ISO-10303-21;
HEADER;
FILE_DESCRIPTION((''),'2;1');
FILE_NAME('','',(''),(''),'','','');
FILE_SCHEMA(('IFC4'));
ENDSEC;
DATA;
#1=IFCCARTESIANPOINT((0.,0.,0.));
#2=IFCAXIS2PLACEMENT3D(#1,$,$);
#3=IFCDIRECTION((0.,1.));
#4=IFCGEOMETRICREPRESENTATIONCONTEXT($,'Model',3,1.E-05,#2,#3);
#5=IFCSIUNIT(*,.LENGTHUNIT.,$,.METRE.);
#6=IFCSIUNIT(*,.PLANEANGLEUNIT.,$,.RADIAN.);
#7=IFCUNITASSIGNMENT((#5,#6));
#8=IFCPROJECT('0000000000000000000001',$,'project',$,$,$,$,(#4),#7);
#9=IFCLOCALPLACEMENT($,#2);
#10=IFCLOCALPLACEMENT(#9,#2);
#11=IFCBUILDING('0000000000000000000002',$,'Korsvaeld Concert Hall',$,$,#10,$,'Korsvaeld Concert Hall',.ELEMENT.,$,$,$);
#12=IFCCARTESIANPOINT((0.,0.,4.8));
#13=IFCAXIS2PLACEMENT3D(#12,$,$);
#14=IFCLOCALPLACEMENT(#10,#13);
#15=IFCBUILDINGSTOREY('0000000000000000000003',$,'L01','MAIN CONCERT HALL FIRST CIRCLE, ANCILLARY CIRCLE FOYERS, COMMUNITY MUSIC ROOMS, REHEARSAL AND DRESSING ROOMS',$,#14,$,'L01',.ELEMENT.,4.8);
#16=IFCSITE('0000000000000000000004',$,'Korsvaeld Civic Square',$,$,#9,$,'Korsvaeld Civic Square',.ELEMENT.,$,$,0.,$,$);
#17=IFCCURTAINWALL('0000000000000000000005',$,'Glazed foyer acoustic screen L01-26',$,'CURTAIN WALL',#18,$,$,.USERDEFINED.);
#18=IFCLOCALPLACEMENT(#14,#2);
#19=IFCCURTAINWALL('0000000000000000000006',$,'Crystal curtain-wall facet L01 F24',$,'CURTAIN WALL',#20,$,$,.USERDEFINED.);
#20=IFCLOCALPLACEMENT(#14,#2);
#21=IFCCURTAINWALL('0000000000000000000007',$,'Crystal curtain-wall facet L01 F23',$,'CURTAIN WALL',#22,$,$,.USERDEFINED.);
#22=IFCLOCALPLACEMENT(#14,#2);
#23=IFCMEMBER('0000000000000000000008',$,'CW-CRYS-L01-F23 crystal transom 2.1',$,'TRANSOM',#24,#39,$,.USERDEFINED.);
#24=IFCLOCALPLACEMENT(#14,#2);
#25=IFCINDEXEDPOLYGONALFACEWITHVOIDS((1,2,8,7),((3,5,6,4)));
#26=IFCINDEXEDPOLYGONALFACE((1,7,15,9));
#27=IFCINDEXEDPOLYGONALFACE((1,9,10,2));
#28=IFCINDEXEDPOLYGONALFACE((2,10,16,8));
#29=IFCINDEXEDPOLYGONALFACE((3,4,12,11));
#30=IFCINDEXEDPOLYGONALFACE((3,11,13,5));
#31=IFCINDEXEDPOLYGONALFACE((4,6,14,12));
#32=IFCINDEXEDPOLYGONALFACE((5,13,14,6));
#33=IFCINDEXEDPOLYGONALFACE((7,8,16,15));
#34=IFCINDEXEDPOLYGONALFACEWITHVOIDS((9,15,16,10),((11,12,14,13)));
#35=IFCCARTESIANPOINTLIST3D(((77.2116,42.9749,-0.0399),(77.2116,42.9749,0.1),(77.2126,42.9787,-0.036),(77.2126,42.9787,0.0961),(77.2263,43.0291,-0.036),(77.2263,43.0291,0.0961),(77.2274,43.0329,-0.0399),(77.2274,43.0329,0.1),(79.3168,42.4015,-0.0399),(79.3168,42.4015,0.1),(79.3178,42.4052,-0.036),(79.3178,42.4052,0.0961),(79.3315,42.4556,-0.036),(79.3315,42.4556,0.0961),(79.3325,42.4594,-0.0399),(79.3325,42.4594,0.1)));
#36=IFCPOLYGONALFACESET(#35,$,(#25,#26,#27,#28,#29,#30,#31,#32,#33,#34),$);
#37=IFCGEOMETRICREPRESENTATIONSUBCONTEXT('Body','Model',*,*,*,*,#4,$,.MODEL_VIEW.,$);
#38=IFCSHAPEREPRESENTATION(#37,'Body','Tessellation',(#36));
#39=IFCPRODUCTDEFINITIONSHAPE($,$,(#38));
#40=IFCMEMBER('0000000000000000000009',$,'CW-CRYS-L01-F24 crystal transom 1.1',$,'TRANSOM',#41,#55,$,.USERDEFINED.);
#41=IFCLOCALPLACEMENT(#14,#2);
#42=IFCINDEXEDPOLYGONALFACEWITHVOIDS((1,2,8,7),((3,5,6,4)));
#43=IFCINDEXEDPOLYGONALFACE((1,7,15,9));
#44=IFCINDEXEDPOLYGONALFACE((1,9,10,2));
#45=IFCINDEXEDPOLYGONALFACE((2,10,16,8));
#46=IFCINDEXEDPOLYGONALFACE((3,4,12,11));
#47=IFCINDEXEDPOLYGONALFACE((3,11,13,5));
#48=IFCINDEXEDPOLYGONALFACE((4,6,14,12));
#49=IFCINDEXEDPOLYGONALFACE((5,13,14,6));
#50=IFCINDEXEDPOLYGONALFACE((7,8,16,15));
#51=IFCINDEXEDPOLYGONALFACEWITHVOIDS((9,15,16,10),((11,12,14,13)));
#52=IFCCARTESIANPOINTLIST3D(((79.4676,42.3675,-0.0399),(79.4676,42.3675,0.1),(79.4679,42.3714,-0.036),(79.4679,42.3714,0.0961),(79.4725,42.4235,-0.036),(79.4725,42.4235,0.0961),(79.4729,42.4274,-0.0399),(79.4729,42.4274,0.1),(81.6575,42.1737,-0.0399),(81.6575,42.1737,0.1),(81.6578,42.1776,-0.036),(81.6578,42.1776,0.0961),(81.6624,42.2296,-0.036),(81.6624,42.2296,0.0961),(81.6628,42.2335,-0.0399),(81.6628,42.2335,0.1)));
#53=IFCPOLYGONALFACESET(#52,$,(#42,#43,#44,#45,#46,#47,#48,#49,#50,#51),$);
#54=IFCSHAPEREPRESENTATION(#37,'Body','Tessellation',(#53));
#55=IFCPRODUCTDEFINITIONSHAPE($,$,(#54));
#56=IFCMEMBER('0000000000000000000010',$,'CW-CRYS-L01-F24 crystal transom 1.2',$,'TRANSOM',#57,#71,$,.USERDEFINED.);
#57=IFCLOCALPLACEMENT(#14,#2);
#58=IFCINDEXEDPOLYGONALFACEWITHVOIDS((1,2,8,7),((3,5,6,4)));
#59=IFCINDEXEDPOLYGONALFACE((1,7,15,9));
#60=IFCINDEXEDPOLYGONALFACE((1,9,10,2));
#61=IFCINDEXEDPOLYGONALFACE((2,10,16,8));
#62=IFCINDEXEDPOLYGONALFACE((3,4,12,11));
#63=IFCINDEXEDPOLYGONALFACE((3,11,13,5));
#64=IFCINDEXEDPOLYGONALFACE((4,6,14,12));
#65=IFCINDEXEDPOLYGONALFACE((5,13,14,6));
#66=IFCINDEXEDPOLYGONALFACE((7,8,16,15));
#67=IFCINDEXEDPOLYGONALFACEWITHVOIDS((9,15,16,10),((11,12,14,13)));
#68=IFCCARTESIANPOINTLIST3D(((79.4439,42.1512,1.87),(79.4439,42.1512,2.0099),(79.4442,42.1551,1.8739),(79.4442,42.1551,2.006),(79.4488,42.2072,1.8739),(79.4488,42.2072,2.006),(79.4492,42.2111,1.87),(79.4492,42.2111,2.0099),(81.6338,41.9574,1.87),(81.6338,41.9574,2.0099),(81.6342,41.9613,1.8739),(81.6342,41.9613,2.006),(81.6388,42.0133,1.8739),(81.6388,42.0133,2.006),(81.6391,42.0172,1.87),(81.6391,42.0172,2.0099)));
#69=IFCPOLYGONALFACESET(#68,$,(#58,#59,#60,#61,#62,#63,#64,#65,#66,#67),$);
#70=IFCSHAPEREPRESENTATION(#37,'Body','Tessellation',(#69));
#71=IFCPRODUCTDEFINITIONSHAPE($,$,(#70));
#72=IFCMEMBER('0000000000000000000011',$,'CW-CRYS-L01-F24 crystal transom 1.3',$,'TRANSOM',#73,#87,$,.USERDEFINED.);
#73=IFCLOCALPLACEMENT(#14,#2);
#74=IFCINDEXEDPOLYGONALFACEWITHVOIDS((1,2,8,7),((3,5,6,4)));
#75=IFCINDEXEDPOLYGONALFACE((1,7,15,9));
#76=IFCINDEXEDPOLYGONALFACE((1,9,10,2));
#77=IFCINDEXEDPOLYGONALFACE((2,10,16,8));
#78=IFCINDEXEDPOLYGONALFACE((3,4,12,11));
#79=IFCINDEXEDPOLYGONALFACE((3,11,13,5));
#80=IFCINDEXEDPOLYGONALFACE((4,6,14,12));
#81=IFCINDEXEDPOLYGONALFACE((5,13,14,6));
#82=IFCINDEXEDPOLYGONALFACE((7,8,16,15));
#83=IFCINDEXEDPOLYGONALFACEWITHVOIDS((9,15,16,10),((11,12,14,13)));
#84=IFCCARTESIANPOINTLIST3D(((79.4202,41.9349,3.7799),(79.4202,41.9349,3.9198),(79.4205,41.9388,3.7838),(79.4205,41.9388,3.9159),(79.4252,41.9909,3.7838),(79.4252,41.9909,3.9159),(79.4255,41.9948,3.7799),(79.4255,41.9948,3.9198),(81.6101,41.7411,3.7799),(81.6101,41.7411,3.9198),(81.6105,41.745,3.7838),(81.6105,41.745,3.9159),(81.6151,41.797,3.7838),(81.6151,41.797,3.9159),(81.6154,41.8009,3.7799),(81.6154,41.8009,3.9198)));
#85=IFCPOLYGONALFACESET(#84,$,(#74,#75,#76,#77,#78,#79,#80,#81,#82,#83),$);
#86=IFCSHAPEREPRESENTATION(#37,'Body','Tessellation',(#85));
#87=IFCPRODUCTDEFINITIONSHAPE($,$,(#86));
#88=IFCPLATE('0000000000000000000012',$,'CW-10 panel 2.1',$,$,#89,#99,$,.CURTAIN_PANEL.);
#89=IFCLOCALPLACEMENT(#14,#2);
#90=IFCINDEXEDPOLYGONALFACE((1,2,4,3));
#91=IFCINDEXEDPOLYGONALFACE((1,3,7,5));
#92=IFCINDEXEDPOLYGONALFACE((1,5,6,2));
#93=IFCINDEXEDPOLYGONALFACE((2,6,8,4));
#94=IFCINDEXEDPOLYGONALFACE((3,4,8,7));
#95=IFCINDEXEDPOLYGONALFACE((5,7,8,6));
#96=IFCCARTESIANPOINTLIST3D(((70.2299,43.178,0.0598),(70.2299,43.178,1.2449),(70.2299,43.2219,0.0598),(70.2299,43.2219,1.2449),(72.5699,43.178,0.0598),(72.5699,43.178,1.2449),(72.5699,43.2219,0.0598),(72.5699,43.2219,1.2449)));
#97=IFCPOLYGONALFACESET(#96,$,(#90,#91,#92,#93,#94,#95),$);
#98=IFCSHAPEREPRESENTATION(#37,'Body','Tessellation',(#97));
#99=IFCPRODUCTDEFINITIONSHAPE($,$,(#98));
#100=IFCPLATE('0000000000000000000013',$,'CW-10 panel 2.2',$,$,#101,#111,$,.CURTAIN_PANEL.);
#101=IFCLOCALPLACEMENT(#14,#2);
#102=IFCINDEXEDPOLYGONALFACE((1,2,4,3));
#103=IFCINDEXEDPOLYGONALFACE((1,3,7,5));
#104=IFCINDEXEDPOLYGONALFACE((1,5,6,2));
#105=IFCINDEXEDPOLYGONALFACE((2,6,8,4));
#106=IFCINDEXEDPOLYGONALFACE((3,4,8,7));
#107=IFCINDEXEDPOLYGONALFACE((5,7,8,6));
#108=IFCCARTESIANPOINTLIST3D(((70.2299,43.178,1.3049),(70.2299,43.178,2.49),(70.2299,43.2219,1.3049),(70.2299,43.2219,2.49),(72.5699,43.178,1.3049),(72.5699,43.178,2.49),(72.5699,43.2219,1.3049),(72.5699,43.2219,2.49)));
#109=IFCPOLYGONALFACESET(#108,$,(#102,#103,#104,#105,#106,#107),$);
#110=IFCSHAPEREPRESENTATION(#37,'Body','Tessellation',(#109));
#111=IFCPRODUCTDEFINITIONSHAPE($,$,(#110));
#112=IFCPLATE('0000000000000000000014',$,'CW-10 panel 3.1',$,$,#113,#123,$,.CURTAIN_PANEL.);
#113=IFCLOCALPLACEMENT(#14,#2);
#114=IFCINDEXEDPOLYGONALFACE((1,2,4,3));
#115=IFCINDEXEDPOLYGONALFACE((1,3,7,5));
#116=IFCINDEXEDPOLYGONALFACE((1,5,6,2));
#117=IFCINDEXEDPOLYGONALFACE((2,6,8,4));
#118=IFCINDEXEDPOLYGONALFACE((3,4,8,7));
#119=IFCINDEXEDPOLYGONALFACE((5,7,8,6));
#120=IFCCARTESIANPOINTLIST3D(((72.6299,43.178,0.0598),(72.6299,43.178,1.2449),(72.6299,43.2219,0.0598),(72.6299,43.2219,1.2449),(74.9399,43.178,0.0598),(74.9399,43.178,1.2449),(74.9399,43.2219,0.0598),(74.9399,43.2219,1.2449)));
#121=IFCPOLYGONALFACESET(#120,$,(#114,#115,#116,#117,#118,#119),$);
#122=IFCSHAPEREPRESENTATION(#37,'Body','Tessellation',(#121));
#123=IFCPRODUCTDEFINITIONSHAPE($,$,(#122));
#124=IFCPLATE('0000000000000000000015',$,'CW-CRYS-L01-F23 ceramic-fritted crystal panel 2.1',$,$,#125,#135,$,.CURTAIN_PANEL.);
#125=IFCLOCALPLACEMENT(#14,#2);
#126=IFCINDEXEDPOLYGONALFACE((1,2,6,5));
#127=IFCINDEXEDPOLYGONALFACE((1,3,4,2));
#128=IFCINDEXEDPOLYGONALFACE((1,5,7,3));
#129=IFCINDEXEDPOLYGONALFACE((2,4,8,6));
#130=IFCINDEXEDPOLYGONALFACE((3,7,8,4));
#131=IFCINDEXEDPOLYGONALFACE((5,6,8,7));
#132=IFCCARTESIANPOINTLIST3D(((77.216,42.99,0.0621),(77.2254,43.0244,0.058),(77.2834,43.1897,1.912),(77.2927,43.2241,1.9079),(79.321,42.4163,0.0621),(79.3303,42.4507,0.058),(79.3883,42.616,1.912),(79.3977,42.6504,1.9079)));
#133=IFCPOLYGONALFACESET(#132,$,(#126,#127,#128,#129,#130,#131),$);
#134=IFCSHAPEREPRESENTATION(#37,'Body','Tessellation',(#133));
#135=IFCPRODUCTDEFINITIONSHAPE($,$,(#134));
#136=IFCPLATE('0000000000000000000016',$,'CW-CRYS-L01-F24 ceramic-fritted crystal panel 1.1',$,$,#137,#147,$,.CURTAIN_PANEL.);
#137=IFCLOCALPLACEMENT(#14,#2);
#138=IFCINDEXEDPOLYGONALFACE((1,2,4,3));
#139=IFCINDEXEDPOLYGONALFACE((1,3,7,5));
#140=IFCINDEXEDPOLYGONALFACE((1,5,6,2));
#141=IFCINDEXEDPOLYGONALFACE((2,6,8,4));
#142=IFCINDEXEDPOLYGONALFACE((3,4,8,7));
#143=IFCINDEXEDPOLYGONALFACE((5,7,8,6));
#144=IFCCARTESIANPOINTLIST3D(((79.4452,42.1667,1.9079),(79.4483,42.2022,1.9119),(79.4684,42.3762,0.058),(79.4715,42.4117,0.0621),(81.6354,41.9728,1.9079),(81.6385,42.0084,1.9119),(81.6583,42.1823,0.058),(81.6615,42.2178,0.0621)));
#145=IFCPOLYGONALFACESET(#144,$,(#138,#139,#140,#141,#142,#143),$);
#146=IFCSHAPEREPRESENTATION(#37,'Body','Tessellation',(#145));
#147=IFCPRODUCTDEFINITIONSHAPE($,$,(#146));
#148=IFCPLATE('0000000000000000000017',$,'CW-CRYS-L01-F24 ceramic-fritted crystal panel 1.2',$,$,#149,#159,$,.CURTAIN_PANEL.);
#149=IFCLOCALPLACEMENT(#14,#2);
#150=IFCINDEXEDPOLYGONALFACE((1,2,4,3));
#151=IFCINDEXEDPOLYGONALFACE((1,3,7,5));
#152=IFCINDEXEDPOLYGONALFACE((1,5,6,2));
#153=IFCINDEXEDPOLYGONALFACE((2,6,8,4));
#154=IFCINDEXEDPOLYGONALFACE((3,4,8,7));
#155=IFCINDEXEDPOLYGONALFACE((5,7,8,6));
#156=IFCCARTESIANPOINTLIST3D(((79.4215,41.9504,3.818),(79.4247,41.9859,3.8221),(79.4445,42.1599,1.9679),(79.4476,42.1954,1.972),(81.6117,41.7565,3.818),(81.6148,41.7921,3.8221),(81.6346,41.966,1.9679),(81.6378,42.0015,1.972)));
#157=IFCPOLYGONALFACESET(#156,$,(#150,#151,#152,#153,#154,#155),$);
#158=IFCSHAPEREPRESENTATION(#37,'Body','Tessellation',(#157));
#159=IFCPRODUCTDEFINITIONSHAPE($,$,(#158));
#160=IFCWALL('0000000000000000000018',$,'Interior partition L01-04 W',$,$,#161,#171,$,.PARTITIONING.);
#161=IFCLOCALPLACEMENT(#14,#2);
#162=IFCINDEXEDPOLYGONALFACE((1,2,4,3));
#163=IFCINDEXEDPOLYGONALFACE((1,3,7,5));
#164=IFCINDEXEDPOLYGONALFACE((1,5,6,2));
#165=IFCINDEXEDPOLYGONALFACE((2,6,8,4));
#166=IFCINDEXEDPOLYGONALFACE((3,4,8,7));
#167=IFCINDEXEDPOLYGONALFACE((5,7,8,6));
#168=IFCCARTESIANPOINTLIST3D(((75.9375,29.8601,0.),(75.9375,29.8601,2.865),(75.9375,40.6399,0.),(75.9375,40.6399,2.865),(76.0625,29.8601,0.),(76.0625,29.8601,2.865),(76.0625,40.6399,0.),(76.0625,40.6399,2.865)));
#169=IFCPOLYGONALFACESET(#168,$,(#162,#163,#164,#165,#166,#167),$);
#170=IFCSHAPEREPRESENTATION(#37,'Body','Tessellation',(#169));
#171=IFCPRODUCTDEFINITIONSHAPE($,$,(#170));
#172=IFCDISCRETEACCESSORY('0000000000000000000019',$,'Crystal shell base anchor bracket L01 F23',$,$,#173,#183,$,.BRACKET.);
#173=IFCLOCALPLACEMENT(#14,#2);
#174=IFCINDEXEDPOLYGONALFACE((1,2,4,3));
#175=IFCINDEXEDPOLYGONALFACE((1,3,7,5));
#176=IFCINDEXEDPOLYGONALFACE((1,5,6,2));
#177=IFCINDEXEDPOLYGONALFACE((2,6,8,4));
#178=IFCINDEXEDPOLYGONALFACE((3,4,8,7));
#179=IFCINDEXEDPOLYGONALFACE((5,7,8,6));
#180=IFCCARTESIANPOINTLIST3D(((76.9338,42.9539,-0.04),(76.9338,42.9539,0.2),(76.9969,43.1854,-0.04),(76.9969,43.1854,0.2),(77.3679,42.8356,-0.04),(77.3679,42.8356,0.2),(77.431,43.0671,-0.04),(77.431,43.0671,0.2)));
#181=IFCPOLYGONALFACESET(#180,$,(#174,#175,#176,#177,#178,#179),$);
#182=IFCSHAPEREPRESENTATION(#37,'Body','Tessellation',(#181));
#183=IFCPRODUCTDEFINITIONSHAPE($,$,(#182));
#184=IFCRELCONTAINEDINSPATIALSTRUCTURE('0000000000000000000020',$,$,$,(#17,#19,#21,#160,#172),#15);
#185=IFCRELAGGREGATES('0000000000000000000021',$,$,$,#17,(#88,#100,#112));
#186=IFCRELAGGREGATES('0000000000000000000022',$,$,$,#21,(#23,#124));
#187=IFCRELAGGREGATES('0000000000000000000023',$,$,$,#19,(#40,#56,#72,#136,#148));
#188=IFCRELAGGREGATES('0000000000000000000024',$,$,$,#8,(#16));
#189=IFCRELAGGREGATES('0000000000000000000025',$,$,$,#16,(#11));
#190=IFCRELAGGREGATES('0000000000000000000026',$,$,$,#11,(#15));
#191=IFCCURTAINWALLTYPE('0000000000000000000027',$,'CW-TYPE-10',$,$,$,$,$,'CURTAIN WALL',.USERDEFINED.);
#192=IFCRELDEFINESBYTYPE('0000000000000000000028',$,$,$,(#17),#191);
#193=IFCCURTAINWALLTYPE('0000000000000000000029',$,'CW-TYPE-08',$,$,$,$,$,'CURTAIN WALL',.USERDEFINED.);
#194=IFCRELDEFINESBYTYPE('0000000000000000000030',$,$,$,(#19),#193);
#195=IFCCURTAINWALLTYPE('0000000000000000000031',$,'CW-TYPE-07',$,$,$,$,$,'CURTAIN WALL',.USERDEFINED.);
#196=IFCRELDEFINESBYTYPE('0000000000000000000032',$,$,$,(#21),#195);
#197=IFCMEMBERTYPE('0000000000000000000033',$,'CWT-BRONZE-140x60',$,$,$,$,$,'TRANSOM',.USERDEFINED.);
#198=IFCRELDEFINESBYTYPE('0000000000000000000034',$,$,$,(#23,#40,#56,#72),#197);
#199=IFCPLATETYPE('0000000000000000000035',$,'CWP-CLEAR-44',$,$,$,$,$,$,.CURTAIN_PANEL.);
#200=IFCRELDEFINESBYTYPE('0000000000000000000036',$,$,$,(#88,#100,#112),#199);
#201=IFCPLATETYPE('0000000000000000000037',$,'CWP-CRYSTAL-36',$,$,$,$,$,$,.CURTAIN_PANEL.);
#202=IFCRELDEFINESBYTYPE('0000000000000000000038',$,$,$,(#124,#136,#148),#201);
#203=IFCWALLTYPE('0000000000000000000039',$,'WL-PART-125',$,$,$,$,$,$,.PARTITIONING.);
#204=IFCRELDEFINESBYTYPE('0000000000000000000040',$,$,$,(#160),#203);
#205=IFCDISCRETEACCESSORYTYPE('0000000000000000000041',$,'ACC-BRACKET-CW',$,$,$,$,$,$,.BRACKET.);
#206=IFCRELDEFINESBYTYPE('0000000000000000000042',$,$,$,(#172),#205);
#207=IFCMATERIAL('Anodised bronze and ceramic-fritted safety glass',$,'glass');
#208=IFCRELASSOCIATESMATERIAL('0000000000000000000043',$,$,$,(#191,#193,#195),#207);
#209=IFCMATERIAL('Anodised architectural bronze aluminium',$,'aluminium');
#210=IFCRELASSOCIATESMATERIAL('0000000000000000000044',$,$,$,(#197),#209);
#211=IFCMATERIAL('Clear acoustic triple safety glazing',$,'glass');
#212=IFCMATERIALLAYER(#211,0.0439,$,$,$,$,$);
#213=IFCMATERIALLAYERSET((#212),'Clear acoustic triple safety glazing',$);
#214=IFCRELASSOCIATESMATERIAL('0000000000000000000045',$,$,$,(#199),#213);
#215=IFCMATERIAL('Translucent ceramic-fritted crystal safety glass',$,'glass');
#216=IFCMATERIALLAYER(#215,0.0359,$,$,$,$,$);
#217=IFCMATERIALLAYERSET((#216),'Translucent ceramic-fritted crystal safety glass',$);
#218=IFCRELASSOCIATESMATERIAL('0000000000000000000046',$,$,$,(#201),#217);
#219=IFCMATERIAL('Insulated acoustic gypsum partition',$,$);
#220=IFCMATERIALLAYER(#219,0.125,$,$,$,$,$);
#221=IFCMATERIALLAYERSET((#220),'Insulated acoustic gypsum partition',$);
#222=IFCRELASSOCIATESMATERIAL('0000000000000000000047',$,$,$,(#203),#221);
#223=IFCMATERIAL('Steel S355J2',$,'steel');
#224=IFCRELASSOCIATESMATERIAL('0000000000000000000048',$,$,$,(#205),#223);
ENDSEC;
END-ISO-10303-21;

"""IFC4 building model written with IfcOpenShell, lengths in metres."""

from ifc_helpers import new_model, si_unit, direction, frame, frame_2d, origin, origin_2d, place, context, subcontext, project, spatial, polyline, rectangle, hollow_rectangle, outline, extrude, material, layer, layer_set, material_profile, profile_set, type_object, element, aggregate, save


model = new_model("IFC4")

# Units and contexts
model_context = context("Model", 3, precision=1e-05, world=origin(), true_north=direction((0.0, 1.0)))
body_context = subcontext(model_context, "Body", "Model", "MODEL_VIEW")
ifc_project = project(units=[si_unit("LENGTHUNIT", "METRE"), si_unit("PLANEANGLEUNIT", "RADIAN")], contexts=[model_context])

# Site, building, storey
site_placement = place(None, origin())
site = spatial("IfcSite", under=ifc_project, at=site_placement, Name="Korsvaeld Civic Square", LongName="Korsvaeld Civic Square", CompositionType="ELEMENT", RefElevation=0.0)
building_placement = place(site_placement, origin())
building = spatial("IfcBuilding", under=site, at=building_placement, Name="Korsvaeld Concert Hall", LongName="Korsvaeld Concert Hall", CompositionType="ELEMENT")
storey_placement = place(building_placement, frame((0.0, 0.0, 4.8)))
storey = spatial("IfcBuildingStorey", under=building, at=storey_placement, Name="L01", Description="MAIN CONCERT HALL FIRST CIRCLE, ANCILLARY CIRCLE FOYERS, COMMUNITY MUSIC ROOMS, REHEARSAL AND DRESSING ROOMS", LongName="L01", CompositionType="ELEMENT", Elevation=4.8)

# Shared definitions
ifc_material_1 = material(Name="Steel S355J2", Category="steel")

# Curtain wall
ifc_material_2 = material(Name="Anodised bronze and ceramic-fritted safety glass", Category="glass")
curtain_wall_type_1 = type_object("IfcCurtainWallType", Name="CW-TYPE-10", ElementType="CURTAIN WALL", PredefinedType="USERDEFINED", material=ifc_material_2)
curtain_wall_1_placement = place(storey_placement, origin())
curtain_wall_1 = element("IfcCurtainWall", 1, at=curtain_wall_1_placement, inside=storey, type_object=curtain_wall_type_1, Name="Glazed foyer acoustic screen L01-26", ObjectType="CURTAIN WALL", PredefinedType="USERDEFINED")
ifc_material_3 = material(Name="Anodised architectural bronze aluminium", Category="aluminium")

# Curtain wall
curtain_wall_type_2 = type_object("IfcCurtainWallType", Name="CW-TYPE-08", ElementType="CURTAIN WALL", PredefinedType="USERDEFINED", material=ifc_material_2)
curtain_wall_2_placement = place(storey_placement, origin())
curtain_wall_2 = element("IfcCurtainWall", 2, at=curtain_wall_2_placement, inside=storey, type_object=curtain_wall_type_2, Name="Crystal curtain-wall facet L01 F24", ObjectType="CURTAIN WALL", PredefinedType="USERDEFINED")

# Curtain wall
curtain_wall_type_3 = type_object("IfcCurtainWallType", Name="CW-TYPE-07", ElementType="CURTAIN WALL", PredefinedType="USERDEFINED", material=ifc_material_2)
curtain_wall_3_placement = place(storey_placement, origin())
curtain_wall_3 = element("IfcCurtainWall", 3, at=curtain_wall_3_placement, inside=storey, type_object=curtain_wall_type_3, Name="Crystal curtain-wall facet L01 F23", ObjectType="CURTAIN WALL", PredefinedType="USERDEFINED")

# Members
ifc_material_profile_1 = material_profile(ifc_material_3, hollow_rectangle(XDim=0.0601, YDim=0.1399, WallThickness=0.0039, at=origin_2d()), Name="CWT 140x60x4")
ifc_profile_set_1 = profile_set([ifc_material_profile_1], Name="Anodised architectural bronze aluminium")
member_type_1 = type_object("IfcMemberType", Name="CWT-BRONZE-140x60", ElementType="TRANSOM", PredefinedType="USERDEFINED", material=ifc_profile_set_1)
member_1_placement = place(storey_placement, frame((77.2195, 43.0039, 0.03), z_axis=(0.964841, -0.262833, 0.0), x_axis=(0.262833, 0.964841, 0.0)))
member_1 = element("IfcMember", 4, at=member_1_placement, type_object=member_type_1, Name="CW-CRYS-L01-F23 crystal transom 2.1", ObjectType="TRANSOM", PredefinedType="USERDEFINED", context=body_context, shape_type="SweptSolid", body=[
    extrude(hollow_rectangle(XDim=0.0601, YDim=0.1399, WallThickness=0.0039, at=origin_2d()), origin(), (0.0, 0.0, 1.0), 2.1819),
])
member_2_placement = place(storey_placement, frame((79.4702, 42.3975, 0.03), z_axis=(0.996105, -0.088173, 0.0), x_axis=(0.088173, 0.996105, 0.0)))
member_2 = element("IfcMember", 5, at=member_2_placement, type_object=member_type_1, Name="CW-CRYS-L01-F24 crystal transom 1.1", ObjectType="TRANSOM", PredefinedType="USERDEFINED", context=body_context, shape_type="SweptSolid", body=[
    extrude(hollow_rectangle(XDim=0.0601, YDim=0.1399, WallThickness=0.0039, at=origin_2d()), origin(), (0.0, 0.0, 1.0), 2.1985),
])
member_3_placement = place(storey_placement, frame((79.4465, 42.1812, 1.9399), z_axis=(0.996105, -0.088173, 0.0), x_axis=(0.088173, 0.996105, 0.0)))
member_3 = element("IfcMember", 6, at=member_3_placement, type_object=member_type_1, Name="CW-CRYS-L01-F24 crystal transom 1.2", ObjectType="TRANSOM", PredefinedType="USERDEFINED", context=body_context, shape_type="SweptSolid", body=[
    extrude(hollow_rectangle(XDim=0.0601, YDim=0.1399, WallThickness=0.0039, at=origin_2d()), origin(), (0.0, 0.0, 1.0), 2.1985),
])
member_4_placement = place(storey_placement, frame((79.4229, 41.9648, 3.8499), z_axis=(0.996105, -0.088173, 0.0), x_axis=(0.088173, 0.996105, 0.0)))
member_4 = element("IfcMember", 7, at=member_4_placement, type_object=member_type_1, Name="CW-CRYS-L01-F24 crystal transom 1.3", ObjectType="TRANSOM", PredefinedType="USERDEFINED", context=body_context, shape_type="SweptSolid", body=[
    extrude(hollow_rectangle(XDim=0.0601, YDim=0.1399, WallThickness=0.0039, at=origin_2d()), origin(), (0.0, 0.0, 1.0), 2.1985),
])

# Plates
ifc_material_4 = material(Name="Clear acoustic triple safety glazing", Category="glass")
ifc_layer_1 = layer(ifc_material_4, 0.0439)
ifc_layer_set_1 = layer_set([ifc_layer_1], Name="Clear acoustic triple safety glazing")
plate_type_1 = type_object("IfcPlateType", Name="CWP-CLEAR-44", PredefinedType="CURTAIN_PANEL", material=ifc_layer_set_1)
plate_1_placement = place(storey_placement, frame((71.3999, 43.2, 0.0598), z_axis=(0.0, 0.0, 1.0), x_axis=(1.0, 0.0, 0.0)))
plate_1 = element("IfcPlate", 8, at=plate_1_placement, type_object=plate_type_1, Name="CW-10 panel 2.1", PredefinedType="CURTAIN_PANEL", context=body_context, shape_type="SweptSolid", body=[
    extrude(rectangle(XDim=2.3401, YDim=0.0439, at=origin_2d()), origin(), (0.0, 0.0, 1.0), 1.1851),
])
plate_2_placement = place(storey_placement, frame((71.3999, 43.2, 1.3049), z_axis=(0.0, 0.0, 1.0), x_axis=(1.0, 0.0, 0.0)))
plate_2 = element("IfcPlate", 9, at=plate_2_placement, type_object=plate_type_1, Name="CW-10 panel 2.2", PredefinedType="CURTAIN_PANEL", context=body_context, shape_type="SweptSolid", body=[
    extrude(rectangle(XDim=2.3401, YDim=0.0439, at=origin_2d()), origin(), (0.0, 0.0, 1.0), 1.1851),
])
plate_3_placement = place(storey_placement, frame((73.7849, 43.2, 0.0598), z_axis=(0.0, 0.0, 1.0), x_axis=(1.0, 0.0, 0.0)))
plate_3 = element("IfcPlate", 10, at=plate_3_placement, type_object=plate_type_1, Name="CW-10 panel 3.1", PredefinedType="CURTAIN_PANEL", context=body_context, shape_type="SweptSolid", body=[
    extrude(rectangle(XDim=2.3101, YDim=0.0439, at=origin_2d()), origin(), (0.0, 0.0, 1.0), 1.1851),
])
aggregate(curtain_wall_1, [plate_1, plate_2, plate_3])
ifc_material_5 = material(Name="Translucent ceramic-fritted crystal safety glass", Category="glass")
ifc_layer_2 = layer(ifc_material_5, 0.0359)
ifc_layer_set_2 = layer_set([ifc_layer_2], Name="Translucent ceramic-fritted crystal safety glass")
plate_type_2 = type_object("IfcPlateType", Name="CWP-CRYSTAL-36", PredefinedType="CURTAIN_PANEL", material=ifc_layer_set_2)
plate_4_placement = place(storey_placement, frame((77.2207, 43.0073, 0.0601), z_axis=(-0.261281, -0.958625, 0.113009), x_axis=(0.964805, -0.262966, 0.0)))
plate_4 = element("IfcPlate", 11, at=plate_4_placement, type_object=plate_type_2, Name="CW-CRYS-L01-F23 ceramic-fritted crystal panel 2.1", PredefinedType="CURTAIN_PANEL", context=body_context, shape_type="SweptSolid", body=[
    extrude(outline(polyline([(0.0, 0.0), (2.1818, 0.0), (2.1943, 1.8618), (0.0125, 1.8618), (0.0, 0.0)])), frame((0.0, 0.0, 0.0181)), (0.0, 0.0, -1.0), 0.0359),
])
aggregate(curtain_wall_3, [member_1, plate_4])
plate_5_placement = place(storey_placement, frame((79.47, 42.394, 0.0601), z_axis=(-0.087601, -0.989707, -0.113164), x_axis=(0.996106, -0.088168, 0.000001)))
plate_5 = element("IfcPlate", 12, at=plate_5_placement, type_object=plate_type_2, Name="CW-CRYS-L01-F24 ceramic-fritted crystal panel 1.1", PredefinedType="CURTAIN_PANEL", context=body_context, shape_type="SweptSolid", body=[
    extrude(outline(polyline([(0.0, 0.0), (2.1985, 0.0), (2.1941, 1.8618), (-0.0046, 1.8618), (0.0, 0.0)])), frame((0.0, 0.0, 0.0181)), (0.0, 0.0, -1.0), 0.0359),
])
plate_6_placement = place(storey_placement, frame((79.446, 42.1777, 1.97), z_axis=(-0.087597, -0.98971, -0.113144), x_axis=(0.996106, -0.088163, 0.0)))
plate_6 = element("IfcPlate", 13, at=plate_6_placement, type_object=plate_type_2, Name="CW-CRYS-L01-F24 ceramic-fritted crystal panel 1.2", PredefinedType="CURTAIN_PANEL", context=body_context, shape_type="SweptSolid", body=[
    extrude(outline(polyline([(0.0, 0.0), (2.1987, 0.0), (2.1944, 1.8621), (-0.0044, 1.8621), (0.0, 0.0)])), frame((0.0, 0.0, 0.0181)), (0.0, 0.0, -1.0), 0.0359),
])
aggregate(curtain_wall_2, [member_2, member_3, member_4, plate_5, plate_6])

# Wall
ifc_material_6 = material(Name="Insulated acoustic gypsum partition")
ifc_layer_3 = layer(ifc_material_6, 0.125)
ifc_layer_set_3 = layer_set([ifc_layer_3], Name="Insulated acoustic gypsum partition")
wall_type = type_object("IfcWallType", Name="WL-PART-125", PredefinedType="PARTITIONING", material=ifc_layer_set_3)
wall_placement = place(storey_placement, frame((76.0, 40.6399, 0.0), z_axis=(0.0, 0.0, 1.0), x_axis=(0.0, -1.0, 0.0)))
element("IfcWall", 14, at=wall_placement, inside=storey, type_object=wall_type, Name="Interior partition L01-04 W", PredefinedType="PARTITIONING", context=body_context, shape_type="SweptSolid", body=[
    extrude(rectangle(XDim=10.7798, YDim=0.125, at=frame_2d((5.3899, 0.0))), origin(), (0.0, 0.0, 1.0), 2.865),
])

# Discrete accessory
discrete_accessory_type = type_object("IfcDiscreteAccessoryType", Name="ACC-BRACKET-CW", PredefinedType="BRACKET", material=ifc_material_1)
discrete_accessory_placement = place(storey_placement, frame((77.1824, 43.0105, -0.04), z_axis=(0.0, 0.0, 1.0), x_axis=(0.964833, -0.262863, 0.0)))
element("IfcDiscreteAccessory", 15, at=discrete_accessory_placement, inside=storey, type_object=discrete_accessory_type, Name="Crystal shell base anchor bracket L01 F23", PredefinedType="BRACKET", context=body_context, shape_type="SweptSolid", body=[
    extrude(rectangle(XDim=0.45, YDim=0.24, at=origin_2d()), origin(), (0.0, 0.0, 1.0), 0.24),
])

save(model, "model.ifc")
